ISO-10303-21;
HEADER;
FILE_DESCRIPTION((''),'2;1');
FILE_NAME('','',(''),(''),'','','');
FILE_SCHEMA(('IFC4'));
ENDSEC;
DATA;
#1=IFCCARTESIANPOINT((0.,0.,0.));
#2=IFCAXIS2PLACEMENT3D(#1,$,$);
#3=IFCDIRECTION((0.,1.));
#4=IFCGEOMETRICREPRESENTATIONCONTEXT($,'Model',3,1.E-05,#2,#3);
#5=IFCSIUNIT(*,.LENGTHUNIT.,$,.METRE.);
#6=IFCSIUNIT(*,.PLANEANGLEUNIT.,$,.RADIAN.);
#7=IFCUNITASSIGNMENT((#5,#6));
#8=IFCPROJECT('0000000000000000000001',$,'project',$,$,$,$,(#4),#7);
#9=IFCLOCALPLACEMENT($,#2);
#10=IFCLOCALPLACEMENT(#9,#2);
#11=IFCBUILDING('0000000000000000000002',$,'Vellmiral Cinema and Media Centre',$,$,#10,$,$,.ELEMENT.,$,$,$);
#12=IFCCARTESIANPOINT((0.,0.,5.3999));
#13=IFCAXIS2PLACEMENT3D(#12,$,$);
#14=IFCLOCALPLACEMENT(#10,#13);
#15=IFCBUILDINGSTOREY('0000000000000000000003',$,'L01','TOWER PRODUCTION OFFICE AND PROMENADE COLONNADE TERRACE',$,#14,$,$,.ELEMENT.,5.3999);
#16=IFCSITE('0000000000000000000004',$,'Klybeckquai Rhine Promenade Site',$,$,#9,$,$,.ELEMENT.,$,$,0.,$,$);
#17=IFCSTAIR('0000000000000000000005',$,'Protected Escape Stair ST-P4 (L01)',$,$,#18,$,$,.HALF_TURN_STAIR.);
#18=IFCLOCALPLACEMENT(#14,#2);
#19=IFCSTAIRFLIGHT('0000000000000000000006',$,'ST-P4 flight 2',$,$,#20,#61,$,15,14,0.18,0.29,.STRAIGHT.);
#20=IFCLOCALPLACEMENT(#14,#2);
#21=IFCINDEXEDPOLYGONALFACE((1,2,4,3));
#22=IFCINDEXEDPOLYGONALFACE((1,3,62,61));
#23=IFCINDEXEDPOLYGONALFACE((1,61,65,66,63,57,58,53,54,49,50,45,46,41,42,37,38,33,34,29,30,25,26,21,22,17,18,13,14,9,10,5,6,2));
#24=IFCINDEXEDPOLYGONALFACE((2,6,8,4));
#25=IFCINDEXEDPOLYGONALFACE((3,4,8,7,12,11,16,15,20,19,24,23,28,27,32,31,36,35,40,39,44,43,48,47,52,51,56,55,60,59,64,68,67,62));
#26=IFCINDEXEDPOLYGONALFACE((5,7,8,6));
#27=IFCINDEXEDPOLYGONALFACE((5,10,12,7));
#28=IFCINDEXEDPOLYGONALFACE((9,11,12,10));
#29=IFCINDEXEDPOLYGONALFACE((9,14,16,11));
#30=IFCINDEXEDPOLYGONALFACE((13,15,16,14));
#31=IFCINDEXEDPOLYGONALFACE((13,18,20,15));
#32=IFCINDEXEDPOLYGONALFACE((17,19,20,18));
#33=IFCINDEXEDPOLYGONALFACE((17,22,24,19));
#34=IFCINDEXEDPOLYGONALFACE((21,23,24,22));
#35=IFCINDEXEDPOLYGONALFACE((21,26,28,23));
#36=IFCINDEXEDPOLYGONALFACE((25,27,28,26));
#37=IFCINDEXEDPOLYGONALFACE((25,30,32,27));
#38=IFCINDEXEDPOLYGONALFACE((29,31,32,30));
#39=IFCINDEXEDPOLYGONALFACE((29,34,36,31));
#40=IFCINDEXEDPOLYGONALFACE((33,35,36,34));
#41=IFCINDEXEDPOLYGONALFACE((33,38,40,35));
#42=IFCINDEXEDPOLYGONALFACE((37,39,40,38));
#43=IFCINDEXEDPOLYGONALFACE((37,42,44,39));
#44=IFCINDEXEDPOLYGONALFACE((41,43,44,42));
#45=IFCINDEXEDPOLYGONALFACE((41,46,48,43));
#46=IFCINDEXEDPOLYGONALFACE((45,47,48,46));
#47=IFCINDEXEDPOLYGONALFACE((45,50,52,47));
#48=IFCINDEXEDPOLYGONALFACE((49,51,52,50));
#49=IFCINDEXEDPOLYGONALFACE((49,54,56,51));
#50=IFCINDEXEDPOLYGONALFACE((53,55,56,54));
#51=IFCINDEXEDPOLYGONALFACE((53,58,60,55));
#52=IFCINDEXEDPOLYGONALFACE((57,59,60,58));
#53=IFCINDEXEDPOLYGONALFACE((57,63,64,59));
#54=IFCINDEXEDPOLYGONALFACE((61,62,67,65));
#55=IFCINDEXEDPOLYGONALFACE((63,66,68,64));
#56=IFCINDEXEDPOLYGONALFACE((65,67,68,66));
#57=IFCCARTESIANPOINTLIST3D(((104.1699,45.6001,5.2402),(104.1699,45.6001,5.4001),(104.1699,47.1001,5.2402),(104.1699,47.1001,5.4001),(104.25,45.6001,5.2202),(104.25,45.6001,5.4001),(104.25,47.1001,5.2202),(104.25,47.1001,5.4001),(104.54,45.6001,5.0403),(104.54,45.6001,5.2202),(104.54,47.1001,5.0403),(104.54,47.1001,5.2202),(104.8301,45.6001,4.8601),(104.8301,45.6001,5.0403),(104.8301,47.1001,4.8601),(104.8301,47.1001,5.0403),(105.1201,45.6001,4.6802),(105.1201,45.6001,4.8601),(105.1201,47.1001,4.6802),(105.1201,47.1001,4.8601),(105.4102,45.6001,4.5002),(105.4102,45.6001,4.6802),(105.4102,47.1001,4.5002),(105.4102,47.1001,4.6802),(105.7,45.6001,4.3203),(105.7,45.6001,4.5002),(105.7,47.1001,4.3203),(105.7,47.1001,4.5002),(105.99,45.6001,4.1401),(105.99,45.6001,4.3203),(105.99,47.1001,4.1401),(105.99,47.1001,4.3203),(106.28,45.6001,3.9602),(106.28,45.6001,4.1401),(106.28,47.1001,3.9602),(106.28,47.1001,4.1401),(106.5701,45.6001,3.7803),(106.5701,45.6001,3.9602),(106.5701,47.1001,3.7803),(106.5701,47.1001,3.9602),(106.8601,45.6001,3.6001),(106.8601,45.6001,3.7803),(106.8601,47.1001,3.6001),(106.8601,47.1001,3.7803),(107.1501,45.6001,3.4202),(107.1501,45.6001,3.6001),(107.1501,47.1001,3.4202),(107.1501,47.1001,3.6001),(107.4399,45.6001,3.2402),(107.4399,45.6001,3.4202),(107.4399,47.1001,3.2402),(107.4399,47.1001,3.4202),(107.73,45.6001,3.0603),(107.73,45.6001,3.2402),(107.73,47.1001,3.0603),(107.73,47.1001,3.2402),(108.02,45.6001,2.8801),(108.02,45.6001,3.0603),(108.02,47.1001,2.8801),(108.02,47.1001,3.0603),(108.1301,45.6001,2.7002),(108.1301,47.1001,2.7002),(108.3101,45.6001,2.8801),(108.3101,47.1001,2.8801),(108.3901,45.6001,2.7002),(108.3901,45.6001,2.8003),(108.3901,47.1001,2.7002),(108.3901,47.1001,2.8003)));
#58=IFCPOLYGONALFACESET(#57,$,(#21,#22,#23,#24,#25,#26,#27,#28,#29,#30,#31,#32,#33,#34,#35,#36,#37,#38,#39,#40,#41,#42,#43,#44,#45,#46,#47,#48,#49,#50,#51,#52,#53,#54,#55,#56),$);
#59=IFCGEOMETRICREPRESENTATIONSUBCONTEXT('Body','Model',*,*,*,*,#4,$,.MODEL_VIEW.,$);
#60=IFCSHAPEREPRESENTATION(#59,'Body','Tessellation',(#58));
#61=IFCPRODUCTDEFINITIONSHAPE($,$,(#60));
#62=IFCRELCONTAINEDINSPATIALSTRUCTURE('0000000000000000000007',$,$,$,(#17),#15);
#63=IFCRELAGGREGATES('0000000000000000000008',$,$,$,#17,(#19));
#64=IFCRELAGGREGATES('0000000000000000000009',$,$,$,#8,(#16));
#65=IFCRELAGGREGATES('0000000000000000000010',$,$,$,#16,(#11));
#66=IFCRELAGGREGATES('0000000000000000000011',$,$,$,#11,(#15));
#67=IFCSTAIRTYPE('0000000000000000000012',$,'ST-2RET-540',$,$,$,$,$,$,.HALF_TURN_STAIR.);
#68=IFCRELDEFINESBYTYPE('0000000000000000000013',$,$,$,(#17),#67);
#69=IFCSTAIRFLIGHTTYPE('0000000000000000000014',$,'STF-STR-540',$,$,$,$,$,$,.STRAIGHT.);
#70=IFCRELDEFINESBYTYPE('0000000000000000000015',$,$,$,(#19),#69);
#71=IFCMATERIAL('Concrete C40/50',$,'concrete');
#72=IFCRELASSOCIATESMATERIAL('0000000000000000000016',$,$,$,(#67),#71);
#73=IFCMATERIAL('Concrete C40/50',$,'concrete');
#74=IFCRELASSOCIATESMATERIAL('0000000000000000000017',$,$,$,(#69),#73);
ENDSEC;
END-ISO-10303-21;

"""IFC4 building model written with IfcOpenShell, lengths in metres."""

from ifc_helpers import new_model, si_unit, direction, frame, origin, place, context, subcontext, project, spatial, polyline, outline, extrude, material, type_object, element, aggregate, save


model = new_model("IFC4")

# Units and contexts
model_context = context("Model", 3, precision=1e-05, world=origin(), true_north=direction((0.0, 1.0)))
body_context = subcontext(model_context, "Body", "Model", "MODEL_VIEW")
ifc_project = project(units=[si_unit("LENGTHUNIT", "METRE"), si_unit("PLANEANGLEUNIT", "RADIAN")], contexts=[model_context])

# Site, building, storey
site_placement = place(None, origin())
site = spatial("IfcSite", under=ifc_project, at=site_placement, Name="Klybeckquai Rhine Promenade Site", CompositionType="ELEMENT", RefElevation=0.0)
building_placement = place(site_placement, origin())
building = spatial("IfcBuilding", under=site, at=building_placement, Name="Vellmiral Cinema and Media Centre", CompositionType="ELEMENT")
storey_placement = place(building_placement, frame((0.0, 0.0, 5.3999)))
storey = spatial("IfcBuildingStorey", under=building, at=storey_placement, Name="L01", Description="TOWER PRODUCTION OFFICE AND PROMENADE COLONNADE TERRACE", CompositionType="ELEMENT", Elevation=5.3999)

# Stair, stair flight
ifc_material_1 = material(Name="Concrete C40/50", Category="concrete")
stair_type = type_object("IfcStairType", Name="ST-2RET-540", PredefinedType="HALF_TURN_STAIR", material=ifc_material_1)
stair_placement = place(storey_placement, origin())
stair = element("IfcStair", 1, at=stair_placement, inside=storey, type_object=stair_type, Name="Protected Escape Stair ST-P4 (L01)", PredefinedType="HALF_TURN_STAIR")
ifc_material_2 = material(Name="Concrete C40/50", Category="concrete")
stair_flight_type = type_object("IfcStairFlightType", Name="STF-STR-540", PredefinedType="STRAIGHT", material=ifc_material_2)
stair_flight_1_placement = place(storey_placement, frame((108.3101, 46.3501, 2.7002), z_axis=(0.0, 0.0, 1.0), x_axis=(-1.0, 0.0, 0.0)))
stair_flight_1 = element("IfcStairFlight", 2, at=stair_flight_1_placement, type_object=stair_flight_type, Name="ST-P4 flight 2", NumberOfRisers=15, NumberOfTreads=14, PredefinedType="STRAIGHT", RiserHeight=0.18, TreadLength=0.29, context=body_context, shape_type="SweptSolid", body=[
    extrude(outline(polyline([(-0.0801, 0.0), (-0.0801, 0.1001), (0.0, 0.1799), (0.29, 0.1799), (0.29, 0.3601), (0.5801, 0.3601), (0.5801, 0.54), (0.8701, 0.54), (0.8701, 0.72), (1.1599, 0.72), (1.1599, 0.8999), (1.45, 0.8999), (1.45, 1.0801), (1.74, 1.0801), (1.74, 1.26), (2.03, 1.26), (2.03, 1.4399), (2.3201, 1.4399), (2.3201, 1.6201), (2.6101, 1.6201), (2.6101, 1.8), (2.8999, 1.8), (2.8999, 1.98), (3.1899, 1.98), (3.1899, 2.1599), (3.48, 2.1599), (3.48, 2.3401), (3.77, 2.3401), (3.77, 2.52), (4.0601, 2.52), (4.0601, 2.7), (4.1401, 2.7), (4.1401, 2.54), (0.1799, 0.0), (-0.0801, 0.0)])), frame((0.0, 0.75, 0.0), z_axis=(0.0, -1.0, 0.0), x_axis=(1.0, 0.0, 0.0)), (0.0, 0.0, 1.0), 1.5),
])
aggregate(stair, [stair_flight_1])

save(model, "model.ifc")
